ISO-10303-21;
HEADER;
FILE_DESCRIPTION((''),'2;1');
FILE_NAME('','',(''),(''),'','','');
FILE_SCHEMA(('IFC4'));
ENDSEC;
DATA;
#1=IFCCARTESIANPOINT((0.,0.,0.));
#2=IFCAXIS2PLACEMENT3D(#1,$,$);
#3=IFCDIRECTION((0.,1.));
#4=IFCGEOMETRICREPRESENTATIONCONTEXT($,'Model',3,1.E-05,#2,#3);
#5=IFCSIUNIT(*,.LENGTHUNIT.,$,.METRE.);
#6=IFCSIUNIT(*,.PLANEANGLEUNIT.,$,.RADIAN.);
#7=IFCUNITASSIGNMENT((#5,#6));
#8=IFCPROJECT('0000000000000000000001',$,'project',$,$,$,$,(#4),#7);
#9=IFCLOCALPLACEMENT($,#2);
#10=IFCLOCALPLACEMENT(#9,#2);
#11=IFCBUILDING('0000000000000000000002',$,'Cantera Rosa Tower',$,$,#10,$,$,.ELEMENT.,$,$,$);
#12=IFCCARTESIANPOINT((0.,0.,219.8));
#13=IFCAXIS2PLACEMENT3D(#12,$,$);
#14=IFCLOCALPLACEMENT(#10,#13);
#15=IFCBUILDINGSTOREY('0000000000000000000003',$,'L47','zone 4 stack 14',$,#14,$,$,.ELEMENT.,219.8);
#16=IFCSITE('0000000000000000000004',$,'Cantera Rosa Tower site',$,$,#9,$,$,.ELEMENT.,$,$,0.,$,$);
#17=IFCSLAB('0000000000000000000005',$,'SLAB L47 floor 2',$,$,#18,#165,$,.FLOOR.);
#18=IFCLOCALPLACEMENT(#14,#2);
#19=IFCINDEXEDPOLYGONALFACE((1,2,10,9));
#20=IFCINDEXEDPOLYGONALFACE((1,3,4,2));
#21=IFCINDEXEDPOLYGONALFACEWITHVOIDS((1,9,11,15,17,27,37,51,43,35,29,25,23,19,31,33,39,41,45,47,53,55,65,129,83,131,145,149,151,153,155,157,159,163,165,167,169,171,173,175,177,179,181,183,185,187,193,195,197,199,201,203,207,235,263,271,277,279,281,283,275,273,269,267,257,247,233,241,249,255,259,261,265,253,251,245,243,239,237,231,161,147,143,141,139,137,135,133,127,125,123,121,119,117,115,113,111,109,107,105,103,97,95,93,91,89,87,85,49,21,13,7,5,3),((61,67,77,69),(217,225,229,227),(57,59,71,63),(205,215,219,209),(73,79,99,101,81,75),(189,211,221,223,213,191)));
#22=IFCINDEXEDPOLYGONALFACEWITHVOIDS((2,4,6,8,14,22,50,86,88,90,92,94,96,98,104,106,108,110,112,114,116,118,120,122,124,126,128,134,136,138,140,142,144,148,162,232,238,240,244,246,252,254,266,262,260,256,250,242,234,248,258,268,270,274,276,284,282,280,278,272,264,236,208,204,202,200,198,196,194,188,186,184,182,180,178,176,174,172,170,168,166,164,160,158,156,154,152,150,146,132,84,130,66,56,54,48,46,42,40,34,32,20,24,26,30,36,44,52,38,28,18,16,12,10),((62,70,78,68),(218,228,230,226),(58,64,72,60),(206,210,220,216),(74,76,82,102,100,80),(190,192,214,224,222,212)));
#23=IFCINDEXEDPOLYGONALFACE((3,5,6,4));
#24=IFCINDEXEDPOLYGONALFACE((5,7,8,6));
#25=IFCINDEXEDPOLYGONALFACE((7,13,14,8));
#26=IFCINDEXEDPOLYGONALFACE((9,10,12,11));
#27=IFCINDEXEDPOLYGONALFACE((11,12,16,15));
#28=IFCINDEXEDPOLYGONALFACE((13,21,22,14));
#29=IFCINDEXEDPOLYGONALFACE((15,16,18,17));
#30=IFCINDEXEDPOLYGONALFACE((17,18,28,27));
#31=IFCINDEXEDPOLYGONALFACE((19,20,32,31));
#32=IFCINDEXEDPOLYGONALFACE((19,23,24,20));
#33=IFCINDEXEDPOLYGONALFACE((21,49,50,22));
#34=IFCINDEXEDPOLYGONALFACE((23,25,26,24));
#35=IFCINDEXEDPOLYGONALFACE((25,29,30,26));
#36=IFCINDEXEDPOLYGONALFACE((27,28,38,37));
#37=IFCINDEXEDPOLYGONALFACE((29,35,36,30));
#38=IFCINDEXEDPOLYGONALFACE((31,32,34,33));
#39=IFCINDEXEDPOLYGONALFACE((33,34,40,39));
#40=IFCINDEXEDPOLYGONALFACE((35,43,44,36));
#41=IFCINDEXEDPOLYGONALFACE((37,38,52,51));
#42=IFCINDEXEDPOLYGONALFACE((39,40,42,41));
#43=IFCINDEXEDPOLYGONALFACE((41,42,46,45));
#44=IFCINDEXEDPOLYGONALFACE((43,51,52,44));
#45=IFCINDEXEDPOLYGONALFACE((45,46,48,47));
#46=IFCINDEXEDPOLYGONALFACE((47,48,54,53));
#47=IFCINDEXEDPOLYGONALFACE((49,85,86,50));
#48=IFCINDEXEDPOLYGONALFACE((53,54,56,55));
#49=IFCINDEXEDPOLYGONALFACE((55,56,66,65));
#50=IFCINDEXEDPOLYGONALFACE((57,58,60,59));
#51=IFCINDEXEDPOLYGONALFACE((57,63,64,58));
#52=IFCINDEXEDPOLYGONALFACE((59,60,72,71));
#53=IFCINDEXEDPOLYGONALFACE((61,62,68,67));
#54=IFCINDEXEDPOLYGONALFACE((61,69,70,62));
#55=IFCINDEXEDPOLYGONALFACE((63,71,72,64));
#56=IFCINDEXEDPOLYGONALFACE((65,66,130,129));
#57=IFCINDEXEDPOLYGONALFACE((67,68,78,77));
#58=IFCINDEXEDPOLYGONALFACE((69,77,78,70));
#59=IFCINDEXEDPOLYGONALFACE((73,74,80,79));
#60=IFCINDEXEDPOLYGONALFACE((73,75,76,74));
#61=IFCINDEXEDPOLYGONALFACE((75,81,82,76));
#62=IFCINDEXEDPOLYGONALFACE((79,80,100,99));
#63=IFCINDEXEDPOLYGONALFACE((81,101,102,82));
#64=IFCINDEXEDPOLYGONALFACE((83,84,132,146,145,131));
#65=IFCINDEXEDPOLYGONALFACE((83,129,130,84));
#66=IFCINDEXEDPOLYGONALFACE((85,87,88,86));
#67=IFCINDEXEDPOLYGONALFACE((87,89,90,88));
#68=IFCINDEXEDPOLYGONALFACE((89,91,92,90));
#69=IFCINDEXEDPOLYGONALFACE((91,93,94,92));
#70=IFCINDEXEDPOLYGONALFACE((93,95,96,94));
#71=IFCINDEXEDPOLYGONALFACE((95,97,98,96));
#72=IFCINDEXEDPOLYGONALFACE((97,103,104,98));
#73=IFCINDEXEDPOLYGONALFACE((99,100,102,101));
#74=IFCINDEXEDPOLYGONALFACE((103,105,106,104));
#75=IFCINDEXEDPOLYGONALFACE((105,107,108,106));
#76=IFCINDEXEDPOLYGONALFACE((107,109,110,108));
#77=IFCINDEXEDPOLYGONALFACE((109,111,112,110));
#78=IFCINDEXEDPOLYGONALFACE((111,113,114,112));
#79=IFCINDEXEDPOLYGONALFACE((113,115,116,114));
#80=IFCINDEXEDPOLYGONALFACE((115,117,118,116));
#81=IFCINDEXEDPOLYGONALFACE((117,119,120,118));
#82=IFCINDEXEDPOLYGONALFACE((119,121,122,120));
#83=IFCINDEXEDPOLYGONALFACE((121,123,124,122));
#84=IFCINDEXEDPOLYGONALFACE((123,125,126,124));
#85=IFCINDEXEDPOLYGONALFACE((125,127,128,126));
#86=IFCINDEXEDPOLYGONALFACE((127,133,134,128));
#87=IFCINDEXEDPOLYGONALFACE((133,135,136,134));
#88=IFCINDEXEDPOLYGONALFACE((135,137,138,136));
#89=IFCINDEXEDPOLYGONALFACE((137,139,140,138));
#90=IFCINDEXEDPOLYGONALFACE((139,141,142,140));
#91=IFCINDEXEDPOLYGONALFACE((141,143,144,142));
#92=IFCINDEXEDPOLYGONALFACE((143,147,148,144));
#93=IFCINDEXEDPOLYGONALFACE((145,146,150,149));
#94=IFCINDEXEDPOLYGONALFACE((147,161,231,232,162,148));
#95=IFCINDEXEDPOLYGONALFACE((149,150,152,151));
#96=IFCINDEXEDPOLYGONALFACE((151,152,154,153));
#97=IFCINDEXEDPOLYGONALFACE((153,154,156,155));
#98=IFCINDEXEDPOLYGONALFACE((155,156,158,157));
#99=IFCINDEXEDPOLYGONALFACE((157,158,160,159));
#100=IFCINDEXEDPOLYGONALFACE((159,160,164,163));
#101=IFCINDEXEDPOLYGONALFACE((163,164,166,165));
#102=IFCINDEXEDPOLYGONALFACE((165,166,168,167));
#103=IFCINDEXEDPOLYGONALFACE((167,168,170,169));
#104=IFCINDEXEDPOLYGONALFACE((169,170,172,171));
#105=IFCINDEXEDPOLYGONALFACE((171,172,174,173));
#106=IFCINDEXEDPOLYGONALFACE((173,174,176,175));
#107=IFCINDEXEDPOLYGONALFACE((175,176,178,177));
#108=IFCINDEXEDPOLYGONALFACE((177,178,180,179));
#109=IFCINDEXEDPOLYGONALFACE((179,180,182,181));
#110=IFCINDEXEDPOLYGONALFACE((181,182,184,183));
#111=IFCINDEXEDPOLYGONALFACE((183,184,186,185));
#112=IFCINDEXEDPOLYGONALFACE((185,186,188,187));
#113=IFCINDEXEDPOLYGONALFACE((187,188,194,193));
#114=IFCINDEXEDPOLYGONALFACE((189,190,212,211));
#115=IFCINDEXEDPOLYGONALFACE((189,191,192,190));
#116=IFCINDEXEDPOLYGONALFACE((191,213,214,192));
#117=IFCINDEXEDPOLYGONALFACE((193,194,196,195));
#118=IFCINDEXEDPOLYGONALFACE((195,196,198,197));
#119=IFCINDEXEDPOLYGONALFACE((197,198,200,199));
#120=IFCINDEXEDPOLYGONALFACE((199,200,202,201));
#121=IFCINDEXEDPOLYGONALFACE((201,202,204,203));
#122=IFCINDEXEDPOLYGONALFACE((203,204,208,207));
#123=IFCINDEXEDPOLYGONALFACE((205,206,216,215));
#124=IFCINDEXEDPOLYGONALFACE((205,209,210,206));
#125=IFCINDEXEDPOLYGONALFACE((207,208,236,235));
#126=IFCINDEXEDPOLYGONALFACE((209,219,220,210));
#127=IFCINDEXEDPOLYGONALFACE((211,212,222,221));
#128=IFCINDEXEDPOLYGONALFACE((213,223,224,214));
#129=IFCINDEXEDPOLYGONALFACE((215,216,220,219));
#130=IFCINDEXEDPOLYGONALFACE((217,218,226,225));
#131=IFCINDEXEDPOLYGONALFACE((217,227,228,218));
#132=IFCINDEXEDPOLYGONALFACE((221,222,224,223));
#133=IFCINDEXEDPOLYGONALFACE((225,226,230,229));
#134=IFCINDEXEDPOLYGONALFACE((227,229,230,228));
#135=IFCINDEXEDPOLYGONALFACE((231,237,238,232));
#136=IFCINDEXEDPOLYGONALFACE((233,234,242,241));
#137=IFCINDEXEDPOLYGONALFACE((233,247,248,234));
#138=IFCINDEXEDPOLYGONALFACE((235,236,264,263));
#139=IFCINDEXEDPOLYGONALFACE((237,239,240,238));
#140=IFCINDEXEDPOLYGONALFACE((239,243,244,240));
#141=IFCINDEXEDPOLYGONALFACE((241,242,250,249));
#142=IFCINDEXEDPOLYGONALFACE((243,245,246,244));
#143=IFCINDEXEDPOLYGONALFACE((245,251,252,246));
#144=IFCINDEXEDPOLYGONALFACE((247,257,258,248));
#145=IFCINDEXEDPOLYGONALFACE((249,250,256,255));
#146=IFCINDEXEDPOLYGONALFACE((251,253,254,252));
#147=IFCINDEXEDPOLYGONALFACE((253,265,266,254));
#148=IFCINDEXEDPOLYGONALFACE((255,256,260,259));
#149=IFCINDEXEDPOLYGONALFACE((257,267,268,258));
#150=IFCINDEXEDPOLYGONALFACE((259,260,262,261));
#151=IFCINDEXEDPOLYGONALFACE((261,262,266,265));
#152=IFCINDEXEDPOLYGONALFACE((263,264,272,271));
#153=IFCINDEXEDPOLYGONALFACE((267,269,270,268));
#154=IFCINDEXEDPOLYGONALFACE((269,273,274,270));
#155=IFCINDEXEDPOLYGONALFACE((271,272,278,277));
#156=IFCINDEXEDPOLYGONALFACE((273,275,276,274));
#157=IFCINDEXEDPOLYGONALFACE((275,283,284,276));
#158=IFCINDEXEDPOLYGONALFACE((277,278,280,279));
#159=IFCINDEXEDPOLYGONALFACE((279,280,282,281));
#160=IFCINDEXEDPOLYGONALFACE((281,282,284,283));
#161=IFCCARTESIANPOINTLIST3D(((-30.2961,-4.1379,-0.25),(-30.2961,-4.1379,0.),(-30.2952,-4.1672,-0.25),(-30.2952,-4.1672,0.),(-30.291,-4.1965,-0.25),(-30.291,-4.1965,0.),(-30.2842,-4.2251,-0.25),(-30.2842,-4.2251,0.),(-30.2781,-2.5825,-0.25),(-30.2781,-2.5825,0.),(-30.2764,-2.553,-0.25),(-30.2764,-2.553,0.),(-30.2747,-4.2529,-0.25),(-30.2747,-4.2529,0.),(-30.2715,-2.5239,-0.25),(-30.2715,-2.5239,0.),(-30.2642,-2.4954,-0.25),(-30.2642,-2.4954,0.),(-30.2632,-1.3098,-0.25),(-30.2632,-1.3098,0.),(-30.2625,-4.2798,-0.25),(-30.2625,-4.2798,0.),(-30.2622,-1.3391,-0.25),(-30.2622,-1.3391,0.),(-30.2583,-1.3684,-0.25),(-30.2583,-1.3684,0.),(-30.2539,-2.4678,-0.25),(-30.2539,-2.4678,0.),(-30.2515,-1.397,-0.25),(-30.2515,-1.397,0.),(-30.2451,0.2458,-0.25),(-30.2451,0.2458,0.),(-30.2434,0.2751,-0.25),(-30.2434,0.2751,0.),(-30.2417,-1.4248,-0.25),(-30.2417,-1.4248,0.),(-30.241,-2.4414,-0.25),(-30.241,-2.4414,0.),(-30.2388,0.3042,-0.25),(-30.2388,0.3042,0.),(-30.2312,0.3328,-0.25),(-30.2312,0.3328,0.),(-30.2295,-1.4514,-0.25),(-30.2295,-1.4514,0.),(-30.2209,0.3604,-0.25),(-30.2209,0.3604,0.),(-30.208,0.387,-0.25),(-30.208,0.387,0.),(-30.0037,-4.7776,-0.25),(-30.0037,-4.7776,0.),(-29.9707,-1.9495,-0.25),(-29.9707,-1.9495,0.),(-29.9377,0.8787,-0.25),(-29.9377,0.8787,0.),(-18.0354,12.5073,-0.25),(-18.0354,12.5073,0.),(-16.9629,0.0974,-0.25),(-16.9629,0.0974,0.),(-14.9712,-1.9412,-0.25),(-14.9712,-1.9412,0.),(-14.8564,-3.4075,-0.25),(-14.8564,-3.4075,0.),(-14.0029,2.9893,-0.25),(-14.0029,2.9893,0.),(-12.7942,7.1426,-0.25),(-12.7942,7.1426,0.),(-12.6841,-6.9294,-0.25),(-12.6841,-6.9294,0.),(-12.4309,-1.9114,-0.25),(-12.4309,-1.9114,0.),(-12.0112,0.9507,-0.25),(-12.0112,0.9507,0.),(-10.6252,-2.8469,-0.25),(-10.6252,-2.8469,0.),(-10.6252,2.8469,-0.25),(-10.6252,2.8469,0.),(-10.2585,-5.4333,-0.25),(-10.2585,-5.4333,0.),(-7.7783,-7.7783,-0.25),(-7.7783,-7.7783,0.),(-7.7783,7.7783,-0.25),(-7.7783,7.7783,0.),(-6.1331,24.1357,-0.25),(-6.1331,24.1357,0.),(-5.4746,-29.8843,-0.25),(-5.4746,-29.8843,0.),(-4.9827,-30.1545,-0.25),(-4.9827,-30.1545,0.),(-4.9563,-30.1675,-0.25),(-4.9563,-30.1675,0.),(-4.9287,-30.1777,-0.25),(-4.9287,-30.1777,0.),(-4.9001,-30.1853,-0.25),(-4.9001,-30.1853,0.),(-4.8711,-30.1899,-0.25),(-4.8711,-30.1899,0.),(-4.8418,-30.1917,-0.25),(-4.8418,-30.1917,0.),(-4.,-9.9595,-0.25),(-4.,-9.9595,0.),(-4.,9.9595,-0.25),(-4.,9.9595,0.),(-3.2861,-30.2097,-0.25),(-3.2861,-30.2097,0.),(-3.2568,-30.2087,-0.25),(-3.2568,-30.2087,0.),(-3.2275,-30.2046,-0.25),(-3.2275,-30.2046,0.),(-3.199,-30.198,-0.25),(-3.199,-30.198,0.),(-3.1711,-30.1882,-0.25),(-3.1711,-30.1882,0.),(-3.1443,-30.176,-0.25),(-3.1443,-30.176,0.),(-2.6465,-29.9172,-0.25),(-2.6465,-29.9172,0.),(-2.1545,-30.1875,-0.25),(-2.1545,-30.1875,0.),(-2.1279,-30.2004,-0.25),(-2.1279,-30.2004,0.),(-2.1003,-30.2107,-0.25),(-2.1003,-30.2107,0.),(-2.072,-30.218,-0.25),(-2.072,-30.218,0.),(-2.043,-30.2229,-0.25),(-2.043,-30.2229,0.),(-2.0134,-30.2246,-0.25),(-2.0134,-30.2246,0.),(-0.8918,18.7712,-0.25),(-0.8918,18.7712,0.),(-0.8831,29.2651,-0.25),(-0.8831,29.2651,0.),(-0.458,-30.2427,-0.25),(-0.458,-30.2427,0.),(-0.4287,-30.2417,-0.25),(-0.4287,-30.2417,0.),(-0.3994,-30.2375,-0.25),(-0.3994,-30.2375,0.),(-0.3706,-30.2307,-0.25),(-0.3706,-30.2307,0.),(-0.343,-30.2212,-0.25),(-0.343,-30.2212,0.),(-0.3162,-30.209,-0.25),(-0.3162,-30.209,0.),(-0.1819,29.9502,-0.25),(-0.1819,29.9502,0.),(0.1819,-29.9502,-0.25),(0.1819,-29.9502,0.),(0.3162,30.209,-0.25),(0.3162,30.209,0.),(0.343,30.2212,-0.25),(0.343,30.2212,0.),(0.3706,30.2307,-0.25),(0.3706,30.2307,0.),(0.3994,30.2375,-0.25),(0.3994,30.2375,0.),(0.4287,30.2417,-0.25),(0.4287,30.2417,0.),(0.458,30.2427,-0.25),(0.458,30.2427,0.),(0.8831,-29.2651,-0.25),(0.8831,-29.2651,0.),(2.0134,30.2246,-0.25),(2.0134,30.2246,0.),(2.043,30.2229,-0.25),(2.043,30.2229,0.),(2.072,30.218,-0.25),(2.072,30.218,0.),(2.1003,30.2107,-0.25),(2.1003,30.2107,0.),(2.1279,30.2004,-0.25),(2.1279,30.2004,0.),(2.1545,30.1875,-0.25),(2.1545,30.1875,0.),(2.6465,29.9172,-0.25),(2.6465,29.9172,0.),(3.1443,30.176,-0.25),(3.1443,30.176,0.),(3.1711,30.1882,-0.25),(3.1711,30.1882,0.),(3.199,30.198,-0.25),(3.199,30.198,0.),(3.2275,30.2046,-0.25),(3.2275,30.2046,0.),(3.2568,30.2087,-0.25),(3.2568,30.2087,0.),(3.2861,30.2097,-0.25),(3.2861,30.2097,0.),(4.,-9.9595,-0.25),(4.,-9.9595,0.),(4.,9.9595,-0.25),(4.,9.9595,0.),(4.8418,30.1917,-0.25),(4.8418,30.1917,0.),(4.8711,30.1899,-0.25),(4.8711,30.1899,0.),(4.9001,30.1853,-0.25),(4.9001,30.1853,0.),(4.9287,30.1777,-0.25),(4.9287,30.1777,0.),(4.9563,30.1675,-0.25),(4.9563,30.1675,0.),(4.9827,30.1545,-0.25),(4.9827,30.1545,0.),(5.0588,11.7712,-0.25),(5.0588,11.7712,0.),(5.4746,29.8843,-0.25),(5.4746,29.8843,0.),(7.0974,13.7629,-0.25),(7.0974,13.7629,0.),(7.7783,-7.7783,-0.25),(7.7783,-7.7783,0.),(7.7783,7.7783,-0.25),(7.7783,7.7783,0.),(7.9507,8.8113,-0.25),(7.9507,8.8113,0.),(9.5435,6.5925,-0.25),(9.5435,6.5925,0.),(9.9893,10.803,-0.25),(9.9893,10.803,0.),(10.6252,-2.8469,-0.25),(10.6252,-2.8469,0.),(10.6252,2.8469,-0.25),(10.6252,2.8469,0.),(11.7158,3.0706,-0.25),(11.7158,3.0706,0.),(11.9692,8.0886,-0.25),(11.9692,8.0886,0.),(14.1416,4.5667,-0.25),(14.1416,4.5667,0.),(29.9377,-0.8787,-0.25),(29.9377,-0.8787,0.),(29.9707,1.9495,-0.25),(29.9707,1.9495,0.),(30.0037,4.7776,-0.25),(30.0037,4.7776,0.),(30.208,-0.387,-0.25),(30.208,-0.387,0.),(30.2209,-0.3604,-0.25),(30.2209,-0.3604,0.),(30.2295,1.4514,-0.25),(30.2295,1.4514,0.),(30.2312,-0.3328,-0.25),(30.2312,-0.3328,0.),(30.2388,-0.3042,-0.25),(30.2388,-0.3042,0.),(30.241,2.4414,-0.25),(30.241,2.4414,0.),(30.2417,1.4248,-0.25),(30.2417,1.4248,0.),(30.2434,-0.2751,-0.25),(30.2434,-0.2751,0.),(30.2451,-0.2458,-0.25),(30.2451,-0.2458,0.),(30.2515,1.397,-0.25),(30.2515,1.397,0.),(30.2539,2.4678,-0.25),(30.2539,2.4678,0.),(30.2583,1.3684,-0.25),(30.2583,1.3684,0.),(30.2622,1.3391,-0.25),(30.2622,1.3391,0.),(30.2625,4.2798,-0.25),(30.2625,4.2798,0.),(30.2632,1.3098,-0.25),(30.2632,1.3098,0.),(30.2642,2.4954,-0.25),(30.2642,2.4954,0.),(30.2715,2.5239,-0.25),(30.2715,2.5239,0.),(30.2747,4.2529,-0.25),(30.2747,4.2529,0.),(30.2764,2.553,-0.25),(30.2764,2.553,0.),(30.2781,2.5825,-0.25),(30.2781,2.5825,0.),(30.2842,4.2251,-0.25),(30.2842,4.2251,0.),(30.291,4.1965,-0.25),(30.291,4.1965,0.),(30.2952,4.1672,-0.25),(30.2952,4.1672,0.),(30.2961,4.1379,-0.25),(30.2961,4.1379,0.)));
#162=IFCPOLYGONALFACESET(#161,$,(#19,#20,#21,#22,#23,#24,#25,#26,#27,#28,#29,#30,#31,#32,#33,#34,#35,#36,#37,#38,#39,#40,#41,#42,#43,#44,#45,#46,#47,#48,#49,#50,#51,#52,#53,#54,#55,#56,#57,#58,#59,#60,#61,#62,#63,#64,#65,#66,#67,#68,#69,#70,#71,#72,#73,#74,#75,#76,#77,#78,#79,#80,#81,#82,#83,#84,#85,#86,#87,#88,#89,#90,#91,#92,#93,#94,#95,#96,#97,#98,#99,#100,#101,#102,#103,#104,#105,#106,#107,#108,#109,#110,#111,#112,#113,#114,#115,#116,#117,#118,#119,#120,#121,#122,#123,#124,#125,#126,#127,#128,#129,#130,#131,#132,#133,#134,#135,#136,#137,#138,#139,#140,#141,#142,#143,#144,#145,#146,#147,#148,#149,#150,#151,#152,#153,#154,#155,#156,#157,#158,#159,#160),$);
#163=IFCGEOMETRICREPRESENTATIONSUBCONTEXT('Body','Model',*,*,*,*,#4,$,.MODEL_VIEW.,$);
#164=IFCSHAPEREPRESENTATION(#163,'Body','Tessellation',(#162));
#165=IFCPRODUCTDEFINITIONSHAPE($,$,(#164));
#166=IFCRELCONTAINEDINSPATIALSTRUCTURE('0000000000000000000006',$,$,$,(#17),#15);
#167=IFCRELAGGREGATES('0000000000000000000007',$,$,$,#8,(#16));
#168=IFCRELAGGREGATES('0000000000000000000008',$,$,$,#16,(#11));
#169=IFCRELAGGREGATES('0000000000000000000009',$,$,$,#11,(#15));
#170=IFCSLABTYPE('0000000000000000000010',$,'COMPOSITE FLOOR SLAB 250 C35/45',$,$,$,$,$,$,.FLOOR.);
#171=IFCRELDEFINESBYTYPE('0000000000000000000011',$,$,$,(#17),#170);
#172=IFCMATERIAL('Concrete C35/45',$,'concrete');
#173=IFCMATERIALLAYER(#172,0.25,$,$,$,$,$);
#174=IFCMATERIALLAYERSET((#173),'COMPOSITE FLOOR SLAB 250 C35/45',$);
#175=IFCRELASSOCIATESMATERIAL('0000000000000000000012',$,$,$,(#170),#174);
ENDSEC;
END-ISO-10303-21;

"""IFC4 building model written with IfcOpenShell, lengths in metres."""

from ifc_helpers import new_model, si_unit, direction, frame, origin, place, context, subcontext, project, spatial, polyline, outline, extrude, material, layer, layer_set, type_object, element, save


model = new_model("IFC4")

# Units and contexts
model_context = context("Model", 3, precision=1e-05, world=origin(), true_north=direction((0.0, 1.0)))
body_context = subcontext(model_context, "Body", "Model", "MODEL_VIEW")
ifc_project = project(units=[si_unit("LENGTHUNIT", "METRE"), si_unit("PLANEANGLEUNIT", "RADIAN")], contexts=[model_context])

# Site, building, storey
site_placement = place(None, origin())
site = spatial("IfcSite", under=ifc_project, at=site_placement, Name="Cantera Rosa Tower site", CompositionType="ELEMENT", RefElevation=0.0)
building_placement = place(site_placement, origin())
building = spatial("IfcBuilding", under=site, at=building_placement, Name="Cantera Rosa Tower", CompositionType="ELEMENT")
storey_placement = place(building_placement, frame((0.0, 0.0, 219.8)))
storey = spatial("IfcBuildingStorey", under=building, at=storey_placement, Name="L47", Description="zone 4 stack 14", CompositionType="ELEMENT", Elevation=219.8)

# Slab
ifc_material_1 = material(Name="Concrete C35/45", Category="concrete")
ifc_layer_1 = layer(ifc_material_1, 0.25)
ifc_layer_set_1 = layer_set([ifc_layer_1], Name="COMPOSITE FLOOR SLAB 250 C35/45")
slab_type_1 = type_object("IfcSlabType", Name="COMPOSITE FLOOR SLAB 250 C35/45", PredefinedType="FLOOR", material=ifc_layer_set_1)
slab_1_placement = place(storey_placement, frame((0.0, 0.0, -0.25)))
element("IfcSlab", 1, at=slab_1_placement, inside=storey, type_object=slab_type_1, Name="SLAB L47 floor 2", PredefinedType="FLOOR", context=body_context, shape_type="SweptSolid", body=[
    extrude(outline(polyline([(-2.1279, -30.2004), (-2.1545, -30.1875), (-2.6465, -29.9172), (-3.1443, -30.176), (-3.1711, -30.1882), (-3.199, -30.198), (-3.2275, -30.2046), (-3.2568, -30.2087), (-3.2861, -30.2097), (-4.8418, -30.1917), (-4.8711, -30.1899), (-4.9001, -30.1853), (-4.9287, -30.1777), (-4.9563, -30.1675), (-4.9827, -30.1545), (-5.4746, -29.8843), (-30.0037, -4.7776), (-30.2625, -4.2798), (-30.2747, -4.2529), (-30.2842, -4.2251), (-30.291, -4.1965), (-30.2952, -4.1672), (-30.2961, -4.1379), (-30.2781, -2.5825), (-30.2764, -2.553), (-30.2715, -2.5239), (-30.2642, -2.4954), (-30.2539, -2.4678), (-30.241, -2.4414), (-29.9707, -1.9495), (-30.2295, -1.4514), (-30.2417, -1.4248), (-30.2515, -1.397), (-30.2583, -1.3684), (-30.2622, -1.3391), (-30.2632, -1.3098), (-30.2451, 0.2458), (-30.2434, 0.2751), (-30.2388, 0.3042), (-30.2312, 0.3328), (-30.2209, 0.3604), (-30.208, 0.387), (-29.9377, 0.8787), (-18.0354, 12.5073), (-12.7942, 7.1426), (-0.8918, 18.7712), (-6.1331, 24.1357), (-0.8831, 29.2651), (-0.1819, 29.9502), (0.3162, 30.209), (0.343, 30.2212), (0.3706, 30.2307), (0.3994, 30.2375), (0.4287, 30.2417), (0.458, 30.2427), (2.0134, 30.2246), (2.043, 30.2229), (2.072, 30.218), (2.1003, 30.2107), (2.1279, 30.2004), (2.1545, 30.1875), (2.6465, 29.9172), (3.1443, 30.176), (3.1711, 30.1882), (3.199, 30.198), (3.2275, 30.2046), (3.2568, 30.2087), (3.2861, 30.2097), (4.8418, 30.1917), (4.8711, 30.1899), (4.9001, 30.1853), (4.9287, 30.1777), (4.9563, 30.1675), (4.9827, 30.1545), (5.4746, 29.8843), (30.0037, 4.7776), (30.2625, 4.2798), (30.2747, 4.2529), (30.2842, 4.2251), (30.291, 4.1965), (30.2952, 4.1672), (30.2961, 4.1379), (30.2781, 2.5825), (30.2764, 2.553), (30.2715, 2.5239), (30.2642, 2.4954), (30.2539, 2.4678), (30.241, 2.4414), (29.9707, 1.9495), (30.2295, 1.4514), (30.2417, 1.4248), (30.2515, 1.397), (30.2583, 1.3684), (30.2622, 1.3391), (30.2632, 1.3098), (30.2451, -0.2458), (30.2434, -0.2751), (30.2388, -0.3042), (30.2312, -0.3328), (30.2209, -0.3604), (30.208, -0.387), (29.9377, -0.8787), (0.8831, -29.2651), (0.1819, -29.9502), (-0.3162, -30.209), (-0.343, -30.2212), (-0.3706, -30.2307), (-0.3994, -30.2375), (-0.4287, -30.2417), (-0.458, -30.2427), (-2.0134, -30.2246), (-2.043, -30.2229), (-2.072, -30.218), (-2.1003, -30.2107), (-2.1279, -30.2004)]), holes=[polyline([(-12.4309, -1.9114), (-14.8564, -3.4075), (-12.6841, -6.9294), (-10.2585, -5.4333), (-12.4309, -1.9114)]), polyline([(-7.7783, 7.7783), (-10.6252, 2.8469), (-10.6252, -2.8469), (-7.7783, -7.7783), (-4.0, -9.9595), (-4.0, 9.9595), (-7.7783, 7.7783)]), polyline([(-14.0029, 2.9893), (-16.9629, 0.0974), (-14.9712, -1.9412), (-12.0112, 0.9507), (-14.0029, 2.9893)]), polyline([(7.7783, -7.7783), (10.6252, -2.8469), (10.6252, 2.8469), (7.7783, 7.7783), (4.0, 9.9595), (4.0, -9.9595), (7.7783, -7.7783)]), polyline([(14.1416, 4.5667), (11.9692, 8.0886), (9.5435, 6.5925), (11.7158, 3.0706), (14.1416, 4.5667)]), polyline([(9.9893, 10.803), (7.0974, 13.7629), (5.0588, 11.7712), (7.9507, 8.8113), (9.9893, 10.803)])]), origin(), (0.0, 0.0, 1.0), 0.25),
])

save(model, "model.ifc")
